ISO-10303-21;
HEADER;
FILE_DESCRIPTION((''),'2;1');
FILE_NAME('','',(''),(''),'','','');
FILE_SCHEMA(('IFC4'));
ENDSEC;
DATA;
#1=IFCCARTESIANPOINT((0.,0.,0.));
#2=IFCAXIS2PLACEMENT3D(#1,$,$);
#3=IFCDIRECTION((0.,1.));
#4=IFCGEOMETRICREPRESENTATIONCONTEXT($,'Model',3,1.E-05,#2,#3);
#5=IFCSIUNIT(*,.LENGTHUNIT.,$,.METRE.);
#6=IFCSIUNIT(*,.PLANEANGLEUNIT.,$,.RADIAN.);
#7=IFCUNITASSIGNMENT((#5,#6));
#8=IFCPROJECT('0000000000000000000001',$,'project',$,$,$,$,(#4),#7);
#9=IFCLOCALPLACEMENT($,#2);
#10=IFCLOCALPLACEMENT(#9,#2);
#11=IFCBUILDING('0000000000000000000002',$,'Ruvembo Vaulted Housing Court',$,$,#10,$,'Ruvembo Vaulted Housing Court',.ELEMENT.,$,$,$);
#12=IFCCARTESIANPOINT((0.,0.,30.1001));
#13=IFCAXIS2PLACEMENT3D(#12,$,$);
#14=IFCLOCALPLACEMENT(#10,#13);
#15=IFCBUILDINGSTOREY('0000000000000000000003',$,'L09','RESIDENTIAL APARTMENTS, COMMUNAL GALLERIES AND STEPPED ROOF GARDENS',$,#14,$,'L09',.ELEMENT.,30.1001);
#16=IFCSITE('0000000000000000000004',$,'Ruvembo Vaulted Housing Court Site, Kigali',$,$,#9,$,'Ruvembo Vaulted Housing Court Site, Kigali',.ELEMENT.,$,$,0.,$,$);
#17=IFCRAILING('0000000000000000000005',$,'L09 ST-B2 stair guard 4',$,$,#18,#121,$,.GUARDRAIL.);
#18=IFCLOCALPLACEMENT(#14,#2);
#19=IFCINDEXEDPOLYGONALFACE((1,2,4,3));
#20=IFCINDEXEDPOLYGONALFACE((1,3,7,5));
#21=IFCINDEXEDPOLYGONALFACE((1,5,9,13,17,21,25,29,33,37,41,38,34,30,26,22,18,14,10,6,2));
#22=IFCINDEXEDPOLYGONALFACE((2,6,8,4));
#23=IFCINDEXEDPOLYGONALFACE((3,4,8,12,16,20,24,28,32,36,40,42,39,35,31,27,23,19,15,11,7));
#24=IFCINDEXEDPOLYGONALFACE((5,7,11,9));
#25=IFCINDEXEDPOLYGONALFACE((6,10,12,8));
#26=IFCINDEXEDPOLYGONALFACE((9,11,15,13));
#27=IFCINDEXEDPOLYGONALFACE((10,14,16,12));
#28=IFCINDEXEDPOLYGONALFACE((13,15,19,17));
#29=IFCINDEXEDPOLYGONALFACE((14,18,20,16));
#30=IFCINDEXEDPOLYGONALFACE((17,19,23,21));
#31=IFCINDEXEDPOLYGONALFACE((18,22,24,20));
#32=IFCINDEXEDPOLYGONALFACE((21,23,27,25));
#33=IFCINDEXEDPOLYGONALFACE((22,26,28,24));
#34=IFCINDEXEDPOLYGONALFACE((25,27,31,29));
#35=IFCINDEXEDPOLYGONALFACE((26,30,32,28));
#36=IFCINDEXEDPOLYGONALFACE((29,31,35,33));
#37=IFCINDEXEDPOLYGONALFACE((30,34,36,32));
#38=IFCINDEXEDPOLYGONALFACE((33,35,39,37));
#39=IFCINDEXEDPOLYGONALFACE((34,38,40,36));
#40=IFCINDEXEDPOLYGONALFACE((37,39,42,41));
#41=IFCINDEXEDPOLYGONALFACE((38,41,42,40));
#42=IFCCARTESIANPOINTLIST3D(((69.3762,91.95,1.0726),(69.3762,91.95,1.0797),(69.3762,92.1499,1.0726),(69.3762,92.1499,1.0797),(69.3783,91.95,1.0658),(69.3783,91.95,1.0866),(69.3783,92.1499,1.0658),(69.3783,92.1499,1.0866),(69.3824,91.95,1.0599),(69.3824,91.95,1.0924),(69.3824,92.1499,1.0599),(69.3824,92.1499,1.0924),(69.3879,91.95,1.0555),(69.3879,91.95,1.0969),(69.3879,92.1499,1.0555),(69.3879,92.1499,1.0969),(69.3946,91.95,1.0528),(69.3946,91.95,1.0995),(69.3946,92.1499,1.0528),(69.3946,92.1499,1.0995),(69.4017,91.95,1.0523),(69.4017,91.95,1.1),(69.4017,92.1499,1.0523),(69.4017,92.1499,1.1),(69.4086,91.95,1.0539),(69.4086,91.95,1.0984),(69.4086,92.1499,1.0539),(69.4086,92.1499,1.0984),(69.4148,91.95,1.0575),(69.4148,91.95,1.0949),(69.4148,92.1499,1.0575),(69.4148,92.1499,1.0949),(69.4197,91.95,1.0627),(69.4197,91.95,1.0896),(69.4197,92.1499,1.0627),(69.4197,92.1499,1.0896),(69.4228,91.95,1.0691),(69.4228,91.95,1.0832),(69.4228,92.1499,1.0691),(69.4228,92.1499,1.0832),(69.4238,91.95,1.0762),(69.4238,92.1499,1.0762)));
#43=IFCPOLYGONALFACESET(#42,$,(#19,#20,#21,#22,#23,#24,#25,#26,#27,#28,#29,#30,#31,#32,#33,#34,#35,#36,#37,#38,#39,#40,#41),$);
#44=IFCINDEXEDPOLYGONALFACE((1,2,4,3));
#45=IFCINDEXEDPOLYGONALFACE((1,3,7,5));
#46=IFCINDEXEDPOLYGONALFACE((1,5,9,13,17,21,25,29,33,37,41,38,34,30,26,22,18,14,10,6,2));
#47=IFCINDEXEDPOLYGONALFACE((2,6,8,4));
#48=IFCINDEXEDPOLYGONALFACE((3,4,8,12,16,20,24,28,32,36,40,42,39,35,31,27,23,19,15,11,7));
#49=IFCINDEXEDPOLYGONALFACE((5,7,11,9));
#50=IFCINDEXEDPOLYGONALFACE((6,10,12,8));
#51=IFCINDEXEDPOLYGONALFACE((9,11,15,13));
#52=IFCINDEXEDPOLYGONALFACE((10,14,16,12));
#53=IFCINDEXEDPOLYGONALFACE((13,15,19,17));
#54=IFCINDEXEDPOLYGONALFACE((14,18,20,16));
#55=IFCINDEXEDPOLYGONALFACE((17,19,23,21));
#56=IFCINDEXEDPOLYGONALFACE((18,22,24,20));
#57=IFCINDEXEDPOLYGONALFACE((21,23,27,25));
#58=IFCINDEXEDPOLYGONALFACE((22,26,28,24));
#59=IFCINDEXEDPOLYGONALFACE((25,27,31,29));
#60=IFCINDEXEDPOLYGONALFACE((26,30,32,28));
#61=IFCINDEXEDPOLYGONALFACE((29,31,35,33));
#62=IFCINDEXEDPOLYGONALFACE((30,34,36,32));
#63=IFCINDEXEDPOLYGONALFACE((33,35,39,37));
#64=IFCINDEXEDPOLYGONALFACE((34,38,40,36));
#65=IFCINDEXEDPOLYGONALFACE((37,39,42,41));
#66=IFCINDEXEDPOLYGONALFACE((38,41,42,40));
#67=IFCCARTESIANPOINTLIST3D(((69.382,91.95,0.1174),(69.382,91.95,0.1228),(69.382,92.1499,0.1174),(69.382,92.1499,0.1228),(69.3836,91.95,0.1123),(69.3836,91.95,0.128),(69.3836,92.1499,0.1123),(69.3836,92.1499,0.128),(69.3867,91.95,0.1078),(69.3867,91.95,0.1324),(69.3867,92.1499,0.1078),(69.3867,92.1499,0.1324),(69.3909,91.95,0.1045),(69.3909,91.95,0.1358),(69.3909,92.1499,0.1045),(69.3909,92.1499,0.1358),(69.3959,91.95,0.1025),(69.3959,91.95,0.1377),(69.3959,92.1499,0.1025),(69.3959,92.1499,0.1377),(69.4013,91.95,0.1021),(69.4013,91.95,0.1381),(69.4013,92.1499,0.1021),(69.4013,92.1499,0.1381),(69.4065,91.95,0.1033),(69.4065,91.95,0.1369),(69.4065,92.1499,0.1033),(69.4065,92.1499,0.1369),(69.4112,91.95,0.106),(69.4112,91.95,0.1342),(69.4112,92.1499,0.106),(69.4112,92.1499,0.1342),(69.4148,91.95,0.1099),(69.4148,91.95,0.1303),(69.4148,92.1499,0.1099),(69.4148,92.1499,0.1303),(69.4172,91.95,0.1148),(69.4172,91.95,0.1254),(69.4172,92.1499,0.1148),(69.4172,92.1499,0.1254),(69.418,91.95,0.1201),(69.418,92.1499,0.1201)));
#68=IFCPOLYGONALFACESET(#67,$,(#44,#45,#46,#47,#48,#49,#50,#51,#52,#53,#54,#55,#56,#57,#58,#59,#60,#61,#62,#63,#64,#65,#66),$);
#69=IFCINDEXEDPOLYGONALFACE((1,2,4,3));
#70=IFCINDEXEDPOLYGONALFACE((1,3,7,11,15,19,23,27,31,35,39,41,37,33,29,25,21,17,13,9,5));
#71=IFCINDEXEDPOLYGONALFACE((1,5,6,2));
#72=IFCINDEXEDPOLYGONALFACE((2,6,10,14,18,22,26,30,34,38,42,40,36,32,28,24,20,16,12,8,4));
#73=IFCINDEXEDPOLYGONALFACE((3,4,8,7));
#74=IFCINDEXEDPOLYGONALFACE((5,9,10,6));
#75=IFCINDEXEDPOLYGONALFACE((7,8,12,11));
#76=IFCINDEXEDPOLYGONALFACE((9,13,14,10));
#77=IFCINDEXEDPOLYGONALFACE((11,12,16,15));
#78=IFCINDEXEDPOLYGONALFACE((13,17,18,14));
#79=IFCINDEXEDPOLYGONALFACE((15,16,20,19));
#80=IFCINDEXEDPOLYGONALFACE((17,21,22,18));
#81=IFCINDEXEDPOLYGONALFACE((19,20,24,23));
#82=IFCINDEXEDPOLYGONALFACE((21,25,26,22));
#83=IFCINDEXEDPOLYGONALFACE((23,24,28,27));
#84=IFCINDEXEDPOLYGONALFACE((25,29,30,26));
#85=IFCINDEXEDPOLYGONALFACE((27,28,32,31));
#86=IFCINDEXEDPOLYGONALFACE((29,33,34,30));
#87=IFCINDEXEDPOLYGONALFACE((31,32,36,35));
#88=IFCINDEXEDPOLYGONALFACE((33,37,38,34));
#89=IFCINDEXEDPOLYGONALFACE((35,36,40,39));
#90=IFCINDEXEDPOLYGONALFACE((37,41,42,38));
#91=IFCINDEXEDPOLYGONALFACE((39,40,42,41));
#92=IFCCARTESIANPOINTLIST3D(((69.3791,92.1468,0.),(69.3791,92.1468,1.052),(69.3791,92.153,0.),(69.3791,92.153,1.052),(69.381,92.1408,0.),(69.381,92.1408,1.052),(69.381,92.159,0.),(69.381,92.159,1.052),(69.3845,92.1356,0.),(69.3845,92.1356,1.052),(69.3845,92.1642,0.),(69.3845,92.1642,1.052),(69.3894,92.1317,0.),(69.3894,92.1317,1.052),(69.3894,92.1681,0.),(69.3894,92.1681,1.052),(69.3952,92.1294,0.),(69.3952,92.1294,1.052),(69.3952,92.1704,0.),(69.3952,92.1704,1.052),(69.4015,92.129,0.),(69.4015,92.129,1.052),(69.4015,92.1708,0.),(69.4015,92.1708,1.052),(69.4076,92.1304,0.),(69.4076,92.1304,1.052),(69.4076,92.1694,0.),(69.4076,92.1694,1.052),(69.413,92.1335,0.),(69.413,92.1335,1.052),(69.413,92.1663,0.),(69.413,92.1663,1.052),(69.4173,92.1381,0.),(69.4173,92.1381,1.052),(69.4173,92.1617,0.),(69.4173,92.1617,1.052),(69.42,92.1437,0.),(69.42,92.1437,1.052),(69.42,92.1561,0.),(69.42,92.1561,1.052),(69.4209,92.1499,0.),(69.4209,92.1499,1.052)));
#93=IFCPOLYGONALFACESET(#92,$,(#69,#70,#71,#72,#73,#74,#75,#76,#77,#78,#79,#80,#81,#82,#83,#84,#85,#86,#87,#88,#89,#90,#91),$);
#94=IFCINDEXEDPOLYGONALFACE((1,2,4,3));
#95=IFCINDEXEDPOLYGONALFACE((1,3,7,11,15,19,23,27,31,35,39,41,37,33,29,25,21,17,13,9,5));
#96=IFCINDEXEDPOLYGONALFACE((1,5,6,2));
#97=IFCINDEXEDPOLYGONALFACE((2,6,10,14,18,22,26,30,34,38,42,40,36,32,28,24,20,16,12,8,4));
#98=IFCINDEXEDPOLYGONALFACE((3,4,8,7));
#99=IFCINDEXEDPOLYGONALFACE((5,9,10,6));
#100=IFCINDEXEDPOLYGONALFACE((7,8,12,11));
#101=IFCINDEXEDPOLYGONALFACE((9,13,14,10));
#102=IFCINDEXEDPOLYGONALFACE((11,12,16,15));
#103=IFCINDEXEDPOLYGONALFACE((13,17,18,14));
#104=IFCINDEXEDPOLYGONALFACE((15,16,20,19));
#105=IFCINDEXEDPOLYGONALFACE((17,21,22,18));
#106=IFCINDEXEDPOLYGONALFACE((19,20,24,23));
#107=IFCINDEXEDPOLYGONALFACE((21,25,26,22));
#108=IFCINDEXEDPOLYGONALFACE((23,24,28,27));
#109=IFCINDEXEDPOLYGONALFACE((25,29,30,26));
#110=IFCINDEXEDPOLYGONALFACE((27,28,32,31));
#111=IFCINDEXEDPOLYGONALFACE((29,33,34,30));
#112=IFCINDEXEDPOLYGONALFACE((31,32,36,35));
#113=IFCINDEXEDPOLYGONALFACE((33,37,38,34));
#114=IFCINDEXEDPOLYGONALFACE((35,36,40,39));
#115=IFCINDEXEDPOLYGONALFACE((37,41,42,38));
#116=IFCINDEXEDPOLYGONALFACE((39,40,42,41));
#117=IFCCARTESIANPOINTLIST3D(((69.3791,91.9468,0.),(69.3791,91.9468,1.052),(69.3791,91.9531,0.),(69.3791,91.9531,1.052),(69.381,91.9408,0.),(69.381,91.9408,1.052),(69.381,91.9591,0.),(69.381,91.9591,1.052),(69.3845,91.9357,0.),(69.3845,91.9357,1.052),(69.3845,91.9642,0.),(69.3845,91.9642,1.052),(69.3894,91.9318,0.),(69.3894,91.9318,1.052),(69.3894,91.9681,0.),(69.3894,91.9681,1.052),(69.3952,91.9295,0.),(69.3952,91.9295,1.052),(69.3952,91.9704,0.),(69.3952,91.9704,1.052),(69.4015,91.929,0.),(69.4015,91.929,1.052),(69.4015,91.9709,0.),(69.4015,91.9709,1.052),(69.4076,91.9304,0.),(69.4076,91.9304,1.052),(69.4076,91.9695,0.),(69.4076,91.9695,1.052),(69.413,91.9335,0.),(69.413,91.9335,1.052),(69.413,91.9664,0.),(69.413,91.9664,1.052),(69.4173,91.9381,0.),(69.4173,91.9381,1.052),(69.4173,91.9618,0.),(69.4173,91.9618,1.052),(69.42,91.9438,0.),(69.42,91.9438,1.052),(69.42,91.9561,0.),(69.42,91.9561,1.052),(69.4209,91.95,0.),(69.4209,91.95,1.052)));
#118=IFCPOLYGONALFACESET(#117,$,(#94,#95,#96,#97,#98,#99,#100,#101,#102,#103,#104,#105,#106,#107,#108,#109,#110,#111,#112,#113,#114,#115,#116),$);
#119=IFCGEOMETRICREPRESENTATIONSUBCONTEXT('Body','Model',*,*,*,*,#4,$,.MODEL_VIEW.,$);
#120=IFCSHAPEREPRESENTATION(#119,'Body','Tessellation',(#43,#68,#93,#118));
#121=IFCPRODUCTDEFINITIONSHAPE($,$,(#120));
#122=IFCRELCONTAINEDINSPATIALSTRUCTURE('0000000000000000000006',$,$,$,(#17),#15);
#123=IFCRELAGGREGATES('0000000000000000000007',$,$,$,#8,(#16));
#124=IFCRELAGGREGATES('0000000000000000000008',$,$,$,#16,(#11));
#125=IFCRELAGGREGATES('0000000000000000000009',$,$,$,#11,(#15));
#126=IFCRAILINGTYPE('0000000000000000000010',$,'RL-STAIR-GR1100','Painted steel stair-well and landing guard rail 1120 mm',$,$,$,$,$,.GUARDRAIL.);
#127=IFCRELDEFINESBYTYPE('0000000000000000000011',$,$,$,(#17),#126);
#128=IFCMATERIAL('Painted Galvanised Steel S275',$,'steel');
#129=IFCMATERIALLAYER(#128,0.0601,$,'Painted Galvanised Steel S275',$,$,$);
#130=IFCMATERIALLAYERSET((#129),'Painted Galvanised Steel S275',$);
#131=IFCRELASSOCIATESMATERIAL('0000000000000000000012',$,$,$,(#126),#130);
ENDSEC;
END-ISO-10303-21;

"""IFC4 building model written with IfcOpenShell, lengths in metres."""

from ifc_helpers import new_model, si_unit, direction, frame, origin, origin_2d, place, context, subcontext, project, spatial, circle, extrude, material, layer, layer_set, type_object, element, save


model = new_model("IFC4")

# Units and contexts
model_context = context("Model", 3, precision=1e-05, world=origin(), true_north=direction((0.0, 1.0)))
body_context = subcontext(model_context, "Body", "Model", "MODEL_VIEW")
ifc_project = project(units=[si_unit("LENGTHUNIT", "METRE"), si_unit("PLANEANGLEUNIT", "RADIAN")], contexts=[model_context])

# Site, building, storey
site_placement = place(None, origin())
site = spatial("IfcSite", under=ifc_project, at=site_placement, Name="Ruvembo Vaulted Housing Court Site, Kigali", LongName="Ruvembo Vaulted Housing Court Site, Kigali", CompositionType="ELEMENT", RefElevation=0.0)
building_placement = place(site_placement, origin())
building = spatial("IfcBuilding", under=site, at=building_placement, Name="Ruvembo Vaulted Housing Court", LongName="Ruvembo Vaulted Housing Court", CompositionType="ELEMENT")
storey_placement = place(building_placement, frame((0.0, 0.0, 30.1001)))
storey = spatial("IfcBuildingStorey", under=building, at=storey_placement, Name="L09", Description="RESIDENTIAL APARTMENTS, COMMUNAL GALLERIES AND STEPPED ROOF GARDENS", LongName="L09", CompositionType="ELEMENT", Elevation=30.1001)

# Railing
ifc_material_1 = material(Name="Painted Galvanised Steel S275", Category="steel")
ifc_layer_1 = layer(ifc_material_1, 0.0601, Name="Painted Galvanised Steel S275")
ifc_layer_set_1 = layer_set([ifc_layer_1], Name="Painted Galvanised Steel S275")
railing_type_1 = type_object("IfcRailingType", Name="RL-STAIR-GR1100", Description="Painted steel stair-well and landing guard rail 1120 mm", PredefinedType="GUARDRAIL", material=ifc_layer_set_1)
railing_1_placement = place(storey_placement, frame((69.3999, 92.1499, 0.0)))
element("IfcRailing", 1, at=railing_1_placement, inside=storey, type_object=railing_type_1, Name="L09 ST-B2 stair guard 4", PredefinedType="GUARDRAIL", context=body_context, shape_type="SweptSolid", body=[
    extrude(circle(Radius=0.0239, at=origin_2d()), frame((0.0, 0.0, 1.0762), z_axis=(0.0, -1.0, 0.0), x_axis=(1.0, 0.0, 0.0)), (0.0, 0.0, 1.0), 0.2),
    extrude(circle(Radius=0.0181, at=origin_2d()), frame((0.0, 0.0, 0.1201), z_axis=(0.0, -1.0, 0.0), x_axis=(1.0, 0.0, 0.0)), (0.0, 0.0, 1.0), 0.2),
    extrude(circle(Radius=0.021, at=origin_2d()), origin(), (0.0, 0.0, 1.0), 1.052),
    extrude(circle(Radius=0.021, at=origin_2d()), frame((0.0, -0.2, 0.0)), (0.0, 0.0, 1.0), 1.052),
])

save(model, "model.ifc")
